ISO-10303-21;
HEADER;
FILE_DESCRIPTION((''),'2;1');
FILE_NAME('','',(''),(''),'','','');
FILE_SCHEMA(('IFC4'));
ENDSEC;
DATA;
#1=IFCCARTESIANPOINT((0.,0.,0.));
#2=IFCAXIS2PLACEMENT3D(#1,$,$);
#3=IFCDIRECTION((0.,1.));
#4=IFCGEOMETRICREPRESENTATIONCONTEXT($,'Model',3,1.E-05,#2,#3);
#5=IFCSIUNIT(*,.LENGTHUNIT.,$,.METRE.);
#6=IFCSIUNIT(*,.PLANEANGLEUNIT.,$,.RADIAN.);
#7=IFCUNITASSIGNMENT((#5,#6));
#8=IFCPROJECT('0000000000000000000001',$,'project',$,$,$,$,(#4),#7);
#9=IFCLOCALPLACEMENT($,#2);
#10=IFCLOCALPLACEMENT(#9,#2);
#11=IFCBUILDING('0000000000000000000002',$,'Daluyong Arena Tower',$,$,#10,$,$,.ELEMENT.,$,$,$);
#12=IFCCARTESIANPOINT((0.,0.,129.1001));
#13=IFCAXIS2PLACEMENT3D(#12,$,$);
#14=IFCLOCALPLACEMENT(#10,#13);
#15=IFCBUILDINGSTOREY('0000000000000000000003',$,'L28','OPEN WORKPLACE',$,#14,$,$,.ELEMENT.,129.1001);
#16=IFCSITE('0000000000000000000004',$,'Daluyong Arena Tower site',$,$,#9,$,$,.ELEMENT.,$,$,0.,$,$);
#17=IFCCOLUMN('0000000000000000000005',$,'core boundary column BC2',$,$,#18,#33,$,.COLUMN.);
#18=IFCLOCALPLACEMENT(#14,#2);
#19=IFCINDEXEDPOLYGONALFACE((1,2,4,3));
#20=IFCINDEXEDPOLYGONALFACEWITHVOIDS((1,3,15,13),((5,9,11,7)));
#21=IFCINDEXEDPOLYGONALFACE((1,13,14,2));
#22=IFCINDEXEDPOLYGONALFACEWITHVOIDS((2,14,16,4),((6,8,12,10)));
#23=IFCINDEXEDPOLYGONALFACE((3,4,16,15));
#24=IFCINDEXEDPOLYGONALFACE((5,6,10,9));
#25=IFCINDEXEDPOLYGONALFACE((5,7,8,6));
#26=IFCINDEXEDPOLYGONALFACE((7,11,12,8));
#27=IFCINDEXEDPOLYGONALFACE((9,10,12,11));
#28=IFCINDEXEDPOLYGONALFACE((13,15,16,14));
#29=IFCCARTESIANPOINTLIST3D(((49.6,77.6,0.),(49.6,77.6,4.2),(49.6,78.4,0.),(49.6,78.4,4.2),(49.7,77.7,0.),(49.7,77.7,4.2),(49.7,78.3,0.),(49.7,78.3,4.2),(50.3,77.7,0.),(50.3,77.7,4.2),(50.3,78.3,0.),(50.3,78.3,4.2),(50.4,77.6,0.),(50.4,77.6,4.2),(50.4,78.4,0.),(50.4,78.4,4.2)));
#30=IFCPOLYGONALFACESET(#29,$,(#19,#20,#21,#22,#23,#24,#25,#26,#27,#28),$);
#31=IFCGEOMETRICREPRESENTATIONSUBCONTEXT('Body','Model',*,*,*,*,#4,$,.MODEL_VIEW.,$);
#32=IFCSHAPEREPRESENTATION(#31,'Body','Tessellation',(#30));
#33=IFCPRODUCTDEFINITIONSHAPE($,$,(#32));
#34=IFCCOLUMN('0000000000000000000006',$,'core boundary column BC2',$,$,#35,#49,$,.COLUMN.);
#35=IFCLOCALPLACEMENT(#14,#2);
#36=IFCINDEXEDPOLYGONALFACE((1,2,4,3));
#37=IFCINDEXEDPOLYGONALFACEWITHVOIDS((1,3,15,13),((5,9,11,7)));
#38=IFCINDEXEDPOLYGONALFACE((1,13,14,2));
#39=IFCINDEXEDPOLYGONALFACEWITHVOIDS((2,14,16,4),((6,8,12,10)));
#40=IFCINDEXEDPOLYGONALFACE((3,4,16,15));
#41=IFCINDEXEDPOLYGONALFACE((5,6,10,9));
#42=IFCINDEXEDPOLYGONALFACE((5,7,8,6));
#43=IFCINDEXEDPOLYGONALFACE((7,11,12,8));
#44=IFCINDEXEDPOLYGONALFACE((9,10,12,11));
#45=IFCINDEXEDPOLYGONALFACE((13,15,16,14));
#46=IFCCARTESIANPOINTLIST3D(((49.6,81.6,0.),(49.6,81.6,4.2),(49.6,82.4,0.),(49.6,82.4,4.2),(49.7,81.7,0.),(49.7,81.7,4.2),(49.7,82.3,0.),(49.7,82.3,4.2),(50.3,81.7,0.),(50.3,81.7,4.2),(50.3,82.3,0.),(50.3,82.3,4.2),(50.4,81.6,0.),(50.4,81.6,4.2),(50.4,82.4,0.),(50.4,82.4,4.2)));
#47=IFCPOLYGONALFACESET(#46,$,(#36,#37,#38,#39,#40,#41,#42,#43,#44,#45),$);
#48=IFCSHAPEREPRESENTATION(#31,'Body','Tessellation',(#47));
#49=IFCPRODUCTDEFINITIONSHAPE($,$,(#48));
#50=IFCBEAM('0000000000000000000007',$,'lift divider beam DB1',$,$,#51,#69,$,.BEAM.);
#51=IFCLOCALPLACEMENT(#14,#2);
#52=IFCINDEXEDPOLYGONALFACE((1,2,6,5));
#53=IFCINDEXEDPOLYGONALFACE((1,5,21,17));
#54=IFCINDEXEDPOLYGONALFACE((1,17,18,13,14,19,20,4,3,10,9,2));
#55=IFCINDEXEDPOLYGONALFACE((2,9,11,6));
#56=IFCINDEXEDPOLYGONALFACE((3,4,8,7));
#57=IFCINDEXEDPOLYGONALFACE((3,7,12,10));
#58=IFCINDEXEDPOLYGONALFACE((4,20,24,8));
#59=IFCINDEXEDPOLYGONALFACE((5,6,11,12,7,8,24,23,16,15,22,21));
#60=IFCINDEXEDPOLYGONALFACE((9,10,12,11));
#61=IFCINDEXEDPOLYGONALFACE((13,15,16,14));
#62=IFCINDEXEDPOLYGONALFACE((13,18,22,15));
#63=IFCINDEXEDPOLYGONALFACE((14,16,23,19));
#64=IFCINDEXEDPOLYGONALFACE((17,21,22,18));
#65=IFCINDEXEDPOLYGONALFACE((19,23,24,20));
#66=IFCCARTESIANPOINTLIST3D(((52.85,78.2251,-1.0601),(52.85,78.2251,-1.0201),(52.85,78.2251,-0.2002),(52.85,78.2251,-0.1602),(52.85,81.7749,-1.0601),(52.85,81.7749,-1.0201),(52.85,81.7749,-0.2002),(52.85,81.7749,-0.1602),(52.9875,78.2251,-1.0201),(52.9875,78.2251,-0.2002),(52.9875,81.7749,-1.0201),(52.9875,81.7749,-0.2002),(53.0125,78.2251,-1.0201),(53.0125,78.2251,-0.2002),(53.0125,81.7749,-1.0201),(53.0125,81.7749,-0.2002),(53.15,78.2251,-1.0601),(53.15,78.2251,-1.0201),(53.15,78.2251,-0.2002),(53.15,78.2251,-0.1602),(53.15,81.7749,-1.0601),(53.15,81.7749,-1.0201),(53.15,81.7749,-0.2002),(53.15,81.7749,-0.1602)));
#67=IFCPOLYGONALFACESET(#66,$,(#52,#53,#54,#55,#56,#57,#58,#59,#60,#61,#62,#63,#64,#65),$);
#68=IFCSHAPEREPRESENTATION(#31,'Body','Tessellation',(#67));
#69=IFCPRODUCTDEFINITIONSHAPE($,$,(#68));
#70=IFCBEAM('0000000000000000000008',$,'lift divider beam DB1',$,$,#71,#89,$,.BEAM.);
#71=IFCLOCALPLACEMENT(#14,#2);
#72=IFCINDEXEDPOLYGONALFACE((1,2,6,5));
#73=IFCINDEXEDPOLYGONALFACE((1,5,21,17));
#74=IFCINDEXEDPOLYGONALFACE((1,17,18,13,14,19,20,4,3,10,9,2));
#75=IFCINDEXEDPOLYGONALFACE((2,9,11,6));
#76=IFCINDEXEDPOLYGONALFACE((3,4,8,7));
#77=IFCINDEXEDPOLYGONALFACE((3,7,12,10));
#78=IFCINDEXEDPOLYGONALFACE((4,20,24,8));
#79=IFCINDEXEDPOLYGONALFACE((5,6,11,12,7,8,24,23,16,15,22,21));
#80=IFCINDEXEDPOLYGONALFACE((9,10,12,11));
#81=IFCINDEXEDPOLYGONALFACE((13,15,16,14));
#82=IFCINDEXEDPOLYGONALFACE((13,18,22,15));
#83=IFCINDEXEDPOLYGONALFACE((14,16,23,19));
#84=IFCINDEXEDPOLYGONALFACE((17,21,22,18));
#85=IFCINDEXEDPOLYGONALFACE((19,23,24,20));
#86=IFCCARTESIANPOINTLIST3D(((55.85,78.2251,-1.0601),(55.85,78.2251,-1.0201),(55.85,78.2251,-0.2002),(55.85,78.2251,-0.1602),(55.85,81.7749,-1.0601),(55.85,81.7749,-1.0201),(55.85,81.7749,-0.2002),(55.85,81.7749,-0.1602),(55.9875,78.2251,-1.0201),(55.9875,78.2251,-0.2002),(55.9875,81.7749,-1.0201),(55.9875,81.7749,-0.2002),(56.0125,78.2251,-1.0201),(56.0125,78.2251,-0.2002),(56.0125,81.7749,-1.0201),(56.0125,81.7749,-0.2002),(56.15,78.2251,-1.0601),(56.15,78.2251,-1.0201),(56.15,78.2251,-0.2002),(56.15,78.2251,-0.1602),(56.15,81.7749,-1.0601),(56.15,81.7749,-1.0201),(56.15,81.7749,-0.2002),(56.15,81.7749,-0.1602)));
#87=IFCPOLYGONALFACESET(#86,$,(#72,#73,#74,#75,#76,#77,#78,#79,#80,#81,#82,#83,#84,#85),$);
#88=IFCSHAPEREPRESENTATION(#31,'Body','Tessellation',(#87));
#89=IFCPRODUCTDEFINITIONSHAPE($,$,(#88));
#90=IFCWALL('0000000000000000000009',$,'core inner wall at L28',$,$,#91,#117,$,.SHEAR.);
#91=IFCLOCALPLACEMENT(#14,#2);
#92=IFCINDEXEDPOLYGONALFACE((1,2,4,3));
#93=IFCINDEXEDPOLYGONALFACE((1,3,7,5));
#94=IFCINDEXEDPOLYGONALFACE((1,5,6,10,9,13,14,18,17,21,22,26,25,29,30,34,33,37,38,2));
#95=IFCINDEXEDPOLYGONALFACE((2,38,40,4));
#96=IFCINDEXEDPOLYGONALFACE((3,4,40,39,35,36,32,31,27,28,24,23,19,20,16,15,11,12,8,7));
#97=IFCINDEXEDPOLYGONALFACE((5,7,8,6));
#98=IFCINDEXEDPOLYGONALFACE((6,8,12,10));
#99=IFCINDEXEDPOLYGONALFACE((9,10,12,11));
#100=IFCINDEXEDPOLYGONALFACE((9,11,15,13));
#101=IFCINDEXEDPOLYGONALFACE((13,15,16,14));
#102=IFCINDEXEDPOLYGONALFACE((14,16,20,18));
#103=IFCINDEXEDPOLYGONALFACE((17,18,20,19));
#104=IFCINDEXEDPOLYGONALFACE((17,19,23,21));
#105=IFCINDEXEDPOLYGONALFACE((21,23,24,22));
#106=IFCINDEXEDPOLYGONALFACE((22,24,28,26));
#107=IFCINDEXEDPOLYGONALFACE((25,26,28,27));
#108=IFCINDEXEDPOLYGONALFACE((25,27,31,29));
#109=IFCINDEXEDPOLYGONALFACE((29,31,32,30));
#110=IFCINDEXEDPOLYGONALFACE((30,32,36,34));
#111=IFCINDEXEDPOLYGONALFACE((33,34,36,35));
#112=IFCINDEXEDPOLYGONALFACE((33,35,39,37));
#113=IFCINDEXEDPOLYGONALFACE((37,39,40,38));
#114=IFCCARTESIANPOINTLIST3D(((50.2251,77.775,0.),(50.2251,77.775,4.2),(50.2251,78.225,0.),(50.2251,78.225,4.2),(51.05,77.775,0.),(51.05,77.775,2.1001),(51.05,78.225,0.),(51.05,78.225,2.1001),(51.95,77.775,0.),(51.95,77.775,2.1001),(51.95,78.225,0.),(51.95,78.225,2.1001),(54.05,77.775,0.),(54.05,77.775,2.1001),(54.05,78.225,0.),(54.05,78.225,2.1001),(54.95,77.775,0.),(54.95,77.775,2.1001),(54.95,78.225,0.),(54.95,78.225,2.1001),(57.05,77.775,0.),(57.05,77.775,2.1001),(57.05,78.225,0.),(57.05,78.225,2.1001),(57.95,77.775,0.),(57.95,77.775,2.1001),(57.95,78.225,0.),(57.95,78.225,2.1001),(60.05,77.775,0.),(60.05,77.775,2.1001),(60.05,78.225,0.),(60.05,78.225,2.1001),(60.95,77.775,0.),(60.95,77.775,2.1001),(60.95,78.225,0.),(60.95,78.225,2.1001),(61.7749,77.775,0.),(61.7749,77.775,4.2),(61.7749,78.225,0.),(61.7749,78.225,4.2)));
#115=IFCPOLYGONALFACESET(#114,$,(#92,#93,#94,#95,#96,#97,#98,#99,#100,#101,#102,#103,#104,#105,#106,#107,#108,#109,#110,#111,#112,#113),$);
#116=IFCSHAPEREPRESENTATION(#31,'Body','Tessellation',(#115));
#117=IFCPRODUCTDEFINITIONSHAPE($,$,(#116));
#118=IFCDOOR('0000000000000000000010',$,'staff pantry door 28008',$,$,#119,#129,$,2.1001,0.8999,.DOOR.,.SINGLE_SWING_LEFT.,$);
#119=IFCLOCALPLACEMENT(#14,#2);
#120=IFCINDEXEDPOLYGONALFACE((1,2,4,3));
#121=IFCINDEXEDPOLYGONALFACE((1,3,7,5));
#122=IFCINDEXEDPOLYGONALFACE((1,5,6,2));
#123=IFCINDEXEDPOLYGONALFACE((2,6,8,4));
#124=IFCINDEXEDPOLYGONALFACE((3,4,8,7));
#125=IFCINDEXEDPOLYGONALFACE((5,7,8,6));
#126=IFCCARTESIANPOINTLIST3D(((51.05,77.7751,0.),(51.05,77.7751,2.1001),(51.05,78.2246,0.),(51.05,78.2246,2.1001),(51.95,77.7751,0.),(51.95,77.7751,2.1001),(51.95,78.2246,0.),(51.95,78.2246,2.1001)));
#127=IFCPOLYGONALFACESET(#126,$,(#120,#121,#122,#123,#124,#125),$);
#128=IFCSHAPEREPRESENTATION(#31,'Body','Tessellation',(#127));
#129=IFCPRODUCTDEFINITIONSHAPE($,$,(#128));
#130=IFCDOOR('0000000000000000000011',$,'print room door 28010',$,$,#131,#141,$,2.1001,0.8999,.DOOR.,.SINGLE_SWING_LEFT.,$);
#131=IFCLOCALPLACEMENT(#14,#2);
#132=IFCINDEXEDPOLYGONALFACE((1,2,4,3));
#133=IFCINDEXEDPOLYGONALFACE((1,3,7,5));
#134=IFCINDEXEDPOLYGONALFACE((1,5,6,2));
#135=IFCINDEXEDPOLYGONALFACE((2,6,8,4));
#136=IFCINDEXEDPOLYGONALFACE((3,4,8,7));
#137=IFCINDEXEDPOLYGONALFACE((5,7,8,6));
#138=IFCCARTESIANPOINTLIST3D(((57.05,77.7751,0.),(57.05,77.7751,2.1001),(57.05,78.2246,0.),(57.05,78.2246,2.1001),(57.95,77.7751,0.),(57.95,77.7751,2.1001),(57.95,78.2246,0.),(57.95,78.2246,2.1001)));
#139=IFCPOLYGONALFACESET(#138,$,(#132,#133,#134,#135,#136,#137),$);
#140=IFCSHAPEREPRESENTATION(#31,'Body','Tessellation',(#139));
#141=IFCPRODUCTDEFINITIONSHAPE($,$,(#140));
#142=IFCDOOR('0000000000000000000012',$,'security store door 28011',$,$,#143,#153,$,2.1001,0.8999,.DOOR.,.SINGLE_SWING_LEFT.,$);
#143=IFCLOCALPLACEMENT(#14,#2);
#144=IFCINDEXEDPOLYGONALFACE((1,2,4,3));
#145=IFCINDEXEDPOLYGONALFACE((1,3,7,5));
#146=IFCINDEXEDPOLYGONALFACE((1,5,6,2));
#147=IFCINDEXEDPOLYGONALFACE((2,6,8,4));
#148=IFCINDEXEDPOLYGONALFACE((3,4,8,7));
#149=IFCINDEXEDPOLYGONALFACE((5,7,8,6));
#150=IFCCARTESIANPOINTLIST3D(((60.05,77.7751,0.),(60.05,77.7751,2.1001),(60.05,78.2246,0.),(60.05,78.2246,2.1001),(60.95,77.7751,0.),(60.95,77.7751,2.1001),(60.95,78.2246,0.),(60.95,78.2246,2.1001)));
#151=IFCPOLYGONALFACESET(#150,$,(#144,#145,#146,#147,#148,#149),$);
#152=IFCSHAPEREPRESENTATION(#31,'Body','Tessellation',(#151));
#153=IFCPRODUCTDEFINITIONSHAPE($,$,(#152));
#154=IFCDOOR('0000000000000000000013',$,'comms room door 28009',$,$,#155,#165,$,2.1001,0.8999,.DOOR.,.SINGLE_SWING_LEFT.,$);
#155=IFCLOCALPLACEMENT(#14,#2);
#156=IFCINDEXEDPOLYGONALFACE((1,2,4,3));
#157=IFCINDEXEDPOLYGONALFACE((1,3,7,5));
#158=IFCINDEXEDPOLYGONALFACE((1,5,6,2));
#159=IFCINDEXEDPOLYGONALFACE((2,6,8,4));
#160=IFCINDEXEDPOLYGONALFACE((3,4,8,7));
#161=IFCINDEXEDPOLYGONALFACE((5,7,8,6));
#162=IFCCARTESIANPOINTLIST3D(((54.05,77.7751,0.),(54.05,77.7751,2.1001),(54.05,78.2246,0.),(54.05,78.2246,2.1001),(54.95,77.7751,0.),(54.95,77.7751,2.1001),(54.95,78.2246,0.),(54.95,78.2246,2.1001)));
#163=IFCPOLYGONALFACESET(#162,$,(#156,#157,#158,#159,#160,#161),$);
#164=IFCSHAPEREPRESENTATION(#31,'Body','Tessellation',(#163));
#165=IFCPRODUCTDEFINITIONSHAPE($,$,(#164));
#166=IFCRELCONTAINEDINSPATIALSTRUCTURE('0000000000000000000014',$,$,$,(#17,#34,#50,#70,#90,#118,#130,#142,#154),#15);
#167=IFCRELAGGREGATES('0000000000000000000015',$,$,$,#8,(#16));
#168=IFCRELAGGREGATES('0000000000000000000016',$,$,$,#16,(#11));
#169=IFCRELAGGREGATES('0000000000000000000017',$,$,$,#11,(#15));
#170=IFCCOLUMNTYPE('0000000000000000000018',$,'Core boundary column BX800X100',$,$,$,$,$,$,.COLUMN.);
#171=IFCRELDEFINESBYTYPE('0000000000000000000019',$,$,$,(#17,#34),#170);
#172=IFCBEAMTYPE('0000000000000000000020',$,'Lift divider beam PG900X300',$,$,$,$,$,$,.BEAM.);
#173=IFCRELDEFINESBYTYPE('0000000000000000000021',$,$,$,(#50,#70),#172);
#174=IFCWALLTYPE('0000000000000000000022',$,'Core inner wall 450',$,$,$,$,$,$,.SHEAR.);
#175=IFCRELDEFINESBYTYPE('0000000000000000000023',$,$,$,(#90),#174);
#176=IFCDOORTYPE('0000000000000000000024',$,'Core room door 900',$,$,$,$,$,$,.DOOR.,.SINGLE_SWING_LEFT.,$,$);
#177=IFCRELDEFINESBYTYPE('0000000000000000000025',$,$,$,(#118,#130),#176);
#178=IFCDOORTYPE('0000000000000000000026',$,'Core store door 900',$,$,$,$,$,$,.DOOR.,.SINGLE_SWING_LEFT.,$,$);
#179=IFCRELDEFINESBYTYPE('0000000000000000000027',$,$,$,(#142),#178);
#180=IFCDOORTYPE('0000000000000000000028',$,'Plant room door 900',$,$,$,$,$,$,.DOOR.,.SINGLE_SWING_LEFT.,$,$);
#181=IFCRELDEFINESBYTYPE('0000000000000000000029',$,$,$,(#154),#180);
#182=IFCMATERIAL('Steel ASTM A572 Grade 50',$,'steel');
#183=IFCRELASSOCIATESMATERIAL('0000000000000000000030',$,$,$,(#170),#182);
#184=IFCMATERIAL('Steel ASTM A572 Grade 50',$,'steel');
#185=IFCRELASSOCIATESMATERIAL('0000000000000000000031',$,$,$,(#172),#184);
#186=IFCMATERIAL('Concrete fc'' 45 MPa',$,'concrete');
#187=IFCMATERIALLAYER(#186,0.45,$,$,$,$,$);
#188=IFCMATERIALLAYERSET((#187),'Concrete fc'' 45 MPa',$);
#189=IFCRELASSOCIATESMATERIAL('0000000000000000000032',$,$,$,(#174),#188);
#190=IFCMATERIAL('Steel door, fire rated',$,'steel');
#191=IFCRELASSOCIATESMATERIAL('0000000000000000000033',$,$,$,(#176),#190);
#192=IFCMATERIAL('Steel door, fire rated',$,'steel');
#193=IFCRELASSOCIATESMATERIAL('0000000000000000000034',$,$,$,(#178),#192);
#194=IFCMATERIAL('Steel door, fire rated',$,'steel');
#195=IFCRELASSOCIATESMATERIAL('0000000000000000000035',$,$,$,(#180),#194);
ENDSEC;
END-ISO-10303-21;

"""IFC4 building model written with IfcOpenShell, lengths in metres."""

from ifc_helpers import new_model, si_unit, direction, frame, frame_2d, origin, origin_2d, place, context, subcontext, project, spatial, rectangle, hollow_rectangle, i_section, extrude, material, layer, layer_set, material_profile, profile_set, type_object, element, fill, save


model = new_model("IFC4")

# Units and contexts
model_context = context("Model", 3, precision=1e-05, world=origin(), true_north=direction((0.0, 1.0)))
body_context = subcontext(model_context, "Body", "Model", "MODEL_VIEW")
ifc_project = project(units=[si_unit("LENGTHUNIT", "METRE"), si_unit("PLANEANGLEUNIT", "RADIAN")], contexts=[model_context])

# Site, building, storey
site_placement = place(None, origin())
site = spatial("IfcSite", under=ifc_project, at=site_placement, Name="Daluyong Arena Tower site", CompositionType="ELEMENT", RefElevation=0.0)
building_placement = place(site_placement, origin())
building = spatial("IfcBuilding", under=site, at=building_placement, Name="Daluyong Arena Tower", CompositionType="ELEMENT")
storey_placement = place(building_placement, frame((0.0, 0.0, 129.1001)))
storey = spatial("IfcBuildingStorey", under=building, at=storey_placement, Name="L28", Description="OPEN WORKPLACE", CompositionType="ELEMENT", Elevation=129.1001)

# Columns
ifc_material_1 = material(Name="Steel ASTM A572 Grade 50", Category="steel")
ifc_material_profile_1 = material_profile(ifc_material_1, hollow_rectangle(XDim=0.8, YDim=0.8, WallThickness=0.1, at=origin_2d()))
ifc_profile_set_1 = profile_set([ifc_material_profile_1], Name="Steel ASTM A572 Grade 50")
column_type = type_object("IfcColumnType", Name="Core boundary column BX800X100", PredefinedType="COLUMN", material=ifc_profile_set_1)
for number, where, z_axis, x_axis, name in (
    (1, (50.0, 78.0, 0.0), (0.0, 0.0, 1.0), (1.0, 0.0, 0.0), "core boundary column BC2"),
    (2, (50.0, 82.0, 0.0), (0.0, 0.0, 1.0), (1.0, 0.0, 0.0), "core boundary column BC2"),
):
    element("IfcColumn", number, at=place(storey_placement, frame(where, z_axis=z_axis, x_axis=x_axis)), inside=storey, type_object=column_type, Name=name, PredefinedType="COLUMN", context=body_context, shape_type="SweptSolid", body=[
        extrude(hollow_rectangle(XDim=0.8, YDim=0.8, WallThickness=0.1, at=origin_2d()), origin(), (0.0, 0.0, 1.0), 4.2),
    ])

# Beams
ifc_material_2 = material(Name="Steel ASTM A572 Grade 50", Category="steel")
ifc_material_profile_2 = material_profile(ifc_material_2, i_section(OverallWidth=0.3, OverallDepth=0.8999, WebThickness=0.025, FlangeThickness=0.04, at=origin_2d()))
ifc_profile_set_2 = profile_set([ifc_material_profile_2], Name="Steel ASTM A572 Grade 50")
beam_type = type_object("IfcBeamType", Name="Lift divider beam PG900X300", PredefinedType="BEAM", material=ifc_profile_set_2)
for number, where, z_axis, x_axis, name in (
    (3, (53.0, 78.2251, -0.6101), (0.0, 1.0, 0.0), (-1.0, 0.0, 0.0), "lift divider beam DB1"),
    (4, (56.0, 78.2251, -0.6101), (0.0, 1.0, 0.0), (-1.0, 0.0, 0.0), "lift divider beam DB1"),
):
    element("IfcBeam", number, at=place(storey_placement, frame(where, z_axis=z_axis, x_axis=x_axis)), inside=storey, type_object=beam_type, Name=name, PredefinedType="BEAM", context=body_context, shape_type="SweptSolid", body=[
        extrude(i_section(OverallWidth=0.3, OverallDepth=0.8999, WebThickness=0.025, FlangeThickness=0.04, at=origin_2d()), origin(), (0.0, 0.0, 1.0), 3.5498),
    ])

# Wall, openings, doors
ifc_material_3 = material(Name="Concrete fc' 45 MPa", Category="concrete")
ifc_layer_1 = layer(ifc_material_3, 0.45)
ifc_layer_set_1 = layer_set([ifc_layer_1], Name="Concrete fc' 45 MPa")
wall_type_1 = type_object("IfcWallType", Name="Core inner wall 450", PredefinedType="SHEAR", material=ifc_layer_set_1)
wall_1_placement = place(storey_placement, frame((50.2251, 78.0, 0.0), z_axis=(0.0, 0.0, 1.0), x_axis=(1.0, 0.0, 0.0)))
wall_1 = element("IfcWall", 5, at=wall_1_placement, inside=storey, type_object=wall_type_1, Name="core inner wall at L28", PredefinedType="SHEAR", context=body_context, shape_type="SweptSolid", body=[
    extrude(rectangle(XDim=11.5498, YDim=0.45, at=frame_2d((5.7749, 0.0))), origin(), (0.0, 0.0, 1.0), 4.2),
])
opening_1_placement = place(wall_1_placement, frame((0.825, 0.0, 0.0)))
opening_1 = element("IfcOpeningElement", 6, at=opening_1_placement, cuts=wall_1, PredefinedType="OPENING", context=body_context, shape_type="SweptSolid", body=[
    extrude(rectangle(XDim=0.8999, YDim=2.1001, at=frame_2d((0.45, 1.05))), frame((0.0, 0.2349, 0.0), z_axis=(0.0, -1.0, 0.0), x_axis=(1.0, 0.0, 0.0)), (0.0, 0.0, 1.0), 0.47),
])
opening_2_placement = place(wall_1_placement, frame((3.825, 0.0, 0.0)))
opening_2 = element("IfcOpeningElement", 7, at=opening_2_placement, cuts=wall_1, PredefinedType="OPENING", context=body_context, shape_type="SweptSolid", body=[
    extrude(rectangle(XDim=0.8999, YDim=2.1001, at=frame_2d((0.45, 1.05))), frame((0.0, 0.2349, 0.0), z_axis=(0.0, -1.0, 0.0), x_axis=(1.0, 0.0, 0.0)), (0.0, 0.0, 1.0), 0.47),
])
opening_3_placement = place(wall_1_placement, frame((6.825, 0.0, 0.0)))
opening_3 = element("IfcOpeningElement", 8, at=opening_3_placement, cuts=wall_1, PredefinedType="OPENING", context=body_context, shape_type="SweptSolid", body=[
    extrude(rectangle(XDim=0.8999, YDim=2.1001, at=frame_2d((0.45, 1.05))), frame((0.0, 0.2349, 0.0), z_axis=(0.0, -1.0, 0.0), x_axis=(1.0, 0.0, 0.0)), (0.0, 0.0, 1.0), 0.47),
])
opening_4_placement = place(wall_1_placement, frame((9.825, 0.0, 0.0)))
opening_4 = element("IfcOpeningElement", 9, at=opening_4_placement, cuts=wall_1, PredefinedType="OPENING", context=body_context, shape_type="SweptSolid", body=[
    extrude(rectangle(XDim=0.8999, YDim=2.1001, at=frame_2d((0.45, 1.05))), frame((0.0, 0.2349, 0.0), z_axis=(0.0, -1.0, 0.0), x_axis=(1.0, 0.0, 0.0)), (0.0, 0.0, 1.0), 0.47),
])
ifc_material_4 = material(Name="Steel door, fire rated", Category="steel")
door_type_1 = type_object("IfcDoorType", Name="Core room door 900", OperationType="SINGLE_SWING_LEFT", PredefinedType="DOOR", material=ifc_material_4)
door_1_placement = place(opening_1_placement, origin())
door_1 = element("IfcDoor", 10, at=door_1_placement, inside=storey, type_object=door_type_1, Name="staff pantry door 28008", OperationType="SINGLE_SWING_LEFT", OverallHeight=2.1001, OverallWidth=0.8999, PredefinedType="DOOR", context=body_context, shape_type="SweptSolid", body=[
    extrude(rectangle(XDim=0.8999, YDim=2.1001, at=frame_2d((0.45, 1.05))), frame((0.0, 0.2246, 0.0), z_axis=(0.0, -1.0, 0.0), x_axis=(1.0, 0.0, 0.0)), (0.0, 0.0, 1.0), 0.4495),
])
fill(opening_1, door_1)
door_2_placement = place(opening_3_placement, origin())
door_2 = element("IfcDoor", 11, at=door_2_placement, inside=storey, type_object=door_type_1, Name="print room door 28010", OperationType="SINGLE_SWING_LEFT", OverallHeight=2.1001, OverallWidth=0.8999, PredefinedType="DOOR", context=body_context, shape_type="SweptSolid", body=[
    extrude(rectangle(XDim=0.8999, YDim=2.1001, at=frame_2d((0.45, 1.05))), frame((0.0, 0.2246, 0.0), z_axis=(0.0, -1.0, 0.0), x_axis=(1.0, 0.0, 0.0)), (0.0, 0.0, 1.0), 0.4495),
])
fill(opening_3, door_2)
ifc_material_5 = material(Name="Steel door, fire rated", Category="steel")
door_type_2 = type_object("IfcDoorType", Name="Core store door 900", OperationType="SINGLE_SWING_LEFT", PredefinedType="DOOR", material=ifc_material_5)
door_3_placement = place(opening_4_placement, origin())
door_3 = element("IfcDoor", 12, at=door_3_placement, inside=storey, type_object=door_type_2, Name="security store door 28011", OperationType="SINGLE_SWING_LEFT", OverallHeight=2.1001, OverallWidth=0.8999, PredefinedType="DOOR", context=body_context, shape_type="SweptSolid", body=[
    extrude(rectangle(XDim=0.8999, YDim=2.1001, at=frame_2d((0.45, 1.05))), frame((0.0, 0.2246, 0.0), z_axis=(0.0, -1.0, 0.0), x_axis=(1.0, 0.0, 0.0)), (0.0, 0.0, 1.0), 0.4495),
])
fill(opening_4, door_3)
ifc_material_6 = material(Name="Steel door, fire rated", Category="steel")
door_type_3 = type_object("IfcDoorType", Name="Plant room door 900", OperationType="SINGLE_SWING_LEFT", PredefinedType="DOOR", material=ifc_material_6)
door_4_placement = place(opening_2_placement, origin())
door_4 = element("IfcDoor", 13, at=door_4_placement, inside=storey, type_object=door_type_3, Name="comms room door 28009", OperationType="SINGLE_SWING_LEFT", OverallHeight=2.1001, OverallWidth=0.8999, PredefinedType="DOOR", context=body_context, shape_type="SweptSolid", body=[
    extrude(rectangle(XDim=0.8999, YDim=2.1001, at=frame_2d((0.45, 1.05))), frame((0.0, 0.2246, 0.0), z_axis=(0.0, -1.0, 0.0), x_axis=(1.0, 0.0, 0.0)), (0.0, 0.0, 1.0), 0.4495),
])
fill(opening_2, door_4)

save(model, "model.ifc")
